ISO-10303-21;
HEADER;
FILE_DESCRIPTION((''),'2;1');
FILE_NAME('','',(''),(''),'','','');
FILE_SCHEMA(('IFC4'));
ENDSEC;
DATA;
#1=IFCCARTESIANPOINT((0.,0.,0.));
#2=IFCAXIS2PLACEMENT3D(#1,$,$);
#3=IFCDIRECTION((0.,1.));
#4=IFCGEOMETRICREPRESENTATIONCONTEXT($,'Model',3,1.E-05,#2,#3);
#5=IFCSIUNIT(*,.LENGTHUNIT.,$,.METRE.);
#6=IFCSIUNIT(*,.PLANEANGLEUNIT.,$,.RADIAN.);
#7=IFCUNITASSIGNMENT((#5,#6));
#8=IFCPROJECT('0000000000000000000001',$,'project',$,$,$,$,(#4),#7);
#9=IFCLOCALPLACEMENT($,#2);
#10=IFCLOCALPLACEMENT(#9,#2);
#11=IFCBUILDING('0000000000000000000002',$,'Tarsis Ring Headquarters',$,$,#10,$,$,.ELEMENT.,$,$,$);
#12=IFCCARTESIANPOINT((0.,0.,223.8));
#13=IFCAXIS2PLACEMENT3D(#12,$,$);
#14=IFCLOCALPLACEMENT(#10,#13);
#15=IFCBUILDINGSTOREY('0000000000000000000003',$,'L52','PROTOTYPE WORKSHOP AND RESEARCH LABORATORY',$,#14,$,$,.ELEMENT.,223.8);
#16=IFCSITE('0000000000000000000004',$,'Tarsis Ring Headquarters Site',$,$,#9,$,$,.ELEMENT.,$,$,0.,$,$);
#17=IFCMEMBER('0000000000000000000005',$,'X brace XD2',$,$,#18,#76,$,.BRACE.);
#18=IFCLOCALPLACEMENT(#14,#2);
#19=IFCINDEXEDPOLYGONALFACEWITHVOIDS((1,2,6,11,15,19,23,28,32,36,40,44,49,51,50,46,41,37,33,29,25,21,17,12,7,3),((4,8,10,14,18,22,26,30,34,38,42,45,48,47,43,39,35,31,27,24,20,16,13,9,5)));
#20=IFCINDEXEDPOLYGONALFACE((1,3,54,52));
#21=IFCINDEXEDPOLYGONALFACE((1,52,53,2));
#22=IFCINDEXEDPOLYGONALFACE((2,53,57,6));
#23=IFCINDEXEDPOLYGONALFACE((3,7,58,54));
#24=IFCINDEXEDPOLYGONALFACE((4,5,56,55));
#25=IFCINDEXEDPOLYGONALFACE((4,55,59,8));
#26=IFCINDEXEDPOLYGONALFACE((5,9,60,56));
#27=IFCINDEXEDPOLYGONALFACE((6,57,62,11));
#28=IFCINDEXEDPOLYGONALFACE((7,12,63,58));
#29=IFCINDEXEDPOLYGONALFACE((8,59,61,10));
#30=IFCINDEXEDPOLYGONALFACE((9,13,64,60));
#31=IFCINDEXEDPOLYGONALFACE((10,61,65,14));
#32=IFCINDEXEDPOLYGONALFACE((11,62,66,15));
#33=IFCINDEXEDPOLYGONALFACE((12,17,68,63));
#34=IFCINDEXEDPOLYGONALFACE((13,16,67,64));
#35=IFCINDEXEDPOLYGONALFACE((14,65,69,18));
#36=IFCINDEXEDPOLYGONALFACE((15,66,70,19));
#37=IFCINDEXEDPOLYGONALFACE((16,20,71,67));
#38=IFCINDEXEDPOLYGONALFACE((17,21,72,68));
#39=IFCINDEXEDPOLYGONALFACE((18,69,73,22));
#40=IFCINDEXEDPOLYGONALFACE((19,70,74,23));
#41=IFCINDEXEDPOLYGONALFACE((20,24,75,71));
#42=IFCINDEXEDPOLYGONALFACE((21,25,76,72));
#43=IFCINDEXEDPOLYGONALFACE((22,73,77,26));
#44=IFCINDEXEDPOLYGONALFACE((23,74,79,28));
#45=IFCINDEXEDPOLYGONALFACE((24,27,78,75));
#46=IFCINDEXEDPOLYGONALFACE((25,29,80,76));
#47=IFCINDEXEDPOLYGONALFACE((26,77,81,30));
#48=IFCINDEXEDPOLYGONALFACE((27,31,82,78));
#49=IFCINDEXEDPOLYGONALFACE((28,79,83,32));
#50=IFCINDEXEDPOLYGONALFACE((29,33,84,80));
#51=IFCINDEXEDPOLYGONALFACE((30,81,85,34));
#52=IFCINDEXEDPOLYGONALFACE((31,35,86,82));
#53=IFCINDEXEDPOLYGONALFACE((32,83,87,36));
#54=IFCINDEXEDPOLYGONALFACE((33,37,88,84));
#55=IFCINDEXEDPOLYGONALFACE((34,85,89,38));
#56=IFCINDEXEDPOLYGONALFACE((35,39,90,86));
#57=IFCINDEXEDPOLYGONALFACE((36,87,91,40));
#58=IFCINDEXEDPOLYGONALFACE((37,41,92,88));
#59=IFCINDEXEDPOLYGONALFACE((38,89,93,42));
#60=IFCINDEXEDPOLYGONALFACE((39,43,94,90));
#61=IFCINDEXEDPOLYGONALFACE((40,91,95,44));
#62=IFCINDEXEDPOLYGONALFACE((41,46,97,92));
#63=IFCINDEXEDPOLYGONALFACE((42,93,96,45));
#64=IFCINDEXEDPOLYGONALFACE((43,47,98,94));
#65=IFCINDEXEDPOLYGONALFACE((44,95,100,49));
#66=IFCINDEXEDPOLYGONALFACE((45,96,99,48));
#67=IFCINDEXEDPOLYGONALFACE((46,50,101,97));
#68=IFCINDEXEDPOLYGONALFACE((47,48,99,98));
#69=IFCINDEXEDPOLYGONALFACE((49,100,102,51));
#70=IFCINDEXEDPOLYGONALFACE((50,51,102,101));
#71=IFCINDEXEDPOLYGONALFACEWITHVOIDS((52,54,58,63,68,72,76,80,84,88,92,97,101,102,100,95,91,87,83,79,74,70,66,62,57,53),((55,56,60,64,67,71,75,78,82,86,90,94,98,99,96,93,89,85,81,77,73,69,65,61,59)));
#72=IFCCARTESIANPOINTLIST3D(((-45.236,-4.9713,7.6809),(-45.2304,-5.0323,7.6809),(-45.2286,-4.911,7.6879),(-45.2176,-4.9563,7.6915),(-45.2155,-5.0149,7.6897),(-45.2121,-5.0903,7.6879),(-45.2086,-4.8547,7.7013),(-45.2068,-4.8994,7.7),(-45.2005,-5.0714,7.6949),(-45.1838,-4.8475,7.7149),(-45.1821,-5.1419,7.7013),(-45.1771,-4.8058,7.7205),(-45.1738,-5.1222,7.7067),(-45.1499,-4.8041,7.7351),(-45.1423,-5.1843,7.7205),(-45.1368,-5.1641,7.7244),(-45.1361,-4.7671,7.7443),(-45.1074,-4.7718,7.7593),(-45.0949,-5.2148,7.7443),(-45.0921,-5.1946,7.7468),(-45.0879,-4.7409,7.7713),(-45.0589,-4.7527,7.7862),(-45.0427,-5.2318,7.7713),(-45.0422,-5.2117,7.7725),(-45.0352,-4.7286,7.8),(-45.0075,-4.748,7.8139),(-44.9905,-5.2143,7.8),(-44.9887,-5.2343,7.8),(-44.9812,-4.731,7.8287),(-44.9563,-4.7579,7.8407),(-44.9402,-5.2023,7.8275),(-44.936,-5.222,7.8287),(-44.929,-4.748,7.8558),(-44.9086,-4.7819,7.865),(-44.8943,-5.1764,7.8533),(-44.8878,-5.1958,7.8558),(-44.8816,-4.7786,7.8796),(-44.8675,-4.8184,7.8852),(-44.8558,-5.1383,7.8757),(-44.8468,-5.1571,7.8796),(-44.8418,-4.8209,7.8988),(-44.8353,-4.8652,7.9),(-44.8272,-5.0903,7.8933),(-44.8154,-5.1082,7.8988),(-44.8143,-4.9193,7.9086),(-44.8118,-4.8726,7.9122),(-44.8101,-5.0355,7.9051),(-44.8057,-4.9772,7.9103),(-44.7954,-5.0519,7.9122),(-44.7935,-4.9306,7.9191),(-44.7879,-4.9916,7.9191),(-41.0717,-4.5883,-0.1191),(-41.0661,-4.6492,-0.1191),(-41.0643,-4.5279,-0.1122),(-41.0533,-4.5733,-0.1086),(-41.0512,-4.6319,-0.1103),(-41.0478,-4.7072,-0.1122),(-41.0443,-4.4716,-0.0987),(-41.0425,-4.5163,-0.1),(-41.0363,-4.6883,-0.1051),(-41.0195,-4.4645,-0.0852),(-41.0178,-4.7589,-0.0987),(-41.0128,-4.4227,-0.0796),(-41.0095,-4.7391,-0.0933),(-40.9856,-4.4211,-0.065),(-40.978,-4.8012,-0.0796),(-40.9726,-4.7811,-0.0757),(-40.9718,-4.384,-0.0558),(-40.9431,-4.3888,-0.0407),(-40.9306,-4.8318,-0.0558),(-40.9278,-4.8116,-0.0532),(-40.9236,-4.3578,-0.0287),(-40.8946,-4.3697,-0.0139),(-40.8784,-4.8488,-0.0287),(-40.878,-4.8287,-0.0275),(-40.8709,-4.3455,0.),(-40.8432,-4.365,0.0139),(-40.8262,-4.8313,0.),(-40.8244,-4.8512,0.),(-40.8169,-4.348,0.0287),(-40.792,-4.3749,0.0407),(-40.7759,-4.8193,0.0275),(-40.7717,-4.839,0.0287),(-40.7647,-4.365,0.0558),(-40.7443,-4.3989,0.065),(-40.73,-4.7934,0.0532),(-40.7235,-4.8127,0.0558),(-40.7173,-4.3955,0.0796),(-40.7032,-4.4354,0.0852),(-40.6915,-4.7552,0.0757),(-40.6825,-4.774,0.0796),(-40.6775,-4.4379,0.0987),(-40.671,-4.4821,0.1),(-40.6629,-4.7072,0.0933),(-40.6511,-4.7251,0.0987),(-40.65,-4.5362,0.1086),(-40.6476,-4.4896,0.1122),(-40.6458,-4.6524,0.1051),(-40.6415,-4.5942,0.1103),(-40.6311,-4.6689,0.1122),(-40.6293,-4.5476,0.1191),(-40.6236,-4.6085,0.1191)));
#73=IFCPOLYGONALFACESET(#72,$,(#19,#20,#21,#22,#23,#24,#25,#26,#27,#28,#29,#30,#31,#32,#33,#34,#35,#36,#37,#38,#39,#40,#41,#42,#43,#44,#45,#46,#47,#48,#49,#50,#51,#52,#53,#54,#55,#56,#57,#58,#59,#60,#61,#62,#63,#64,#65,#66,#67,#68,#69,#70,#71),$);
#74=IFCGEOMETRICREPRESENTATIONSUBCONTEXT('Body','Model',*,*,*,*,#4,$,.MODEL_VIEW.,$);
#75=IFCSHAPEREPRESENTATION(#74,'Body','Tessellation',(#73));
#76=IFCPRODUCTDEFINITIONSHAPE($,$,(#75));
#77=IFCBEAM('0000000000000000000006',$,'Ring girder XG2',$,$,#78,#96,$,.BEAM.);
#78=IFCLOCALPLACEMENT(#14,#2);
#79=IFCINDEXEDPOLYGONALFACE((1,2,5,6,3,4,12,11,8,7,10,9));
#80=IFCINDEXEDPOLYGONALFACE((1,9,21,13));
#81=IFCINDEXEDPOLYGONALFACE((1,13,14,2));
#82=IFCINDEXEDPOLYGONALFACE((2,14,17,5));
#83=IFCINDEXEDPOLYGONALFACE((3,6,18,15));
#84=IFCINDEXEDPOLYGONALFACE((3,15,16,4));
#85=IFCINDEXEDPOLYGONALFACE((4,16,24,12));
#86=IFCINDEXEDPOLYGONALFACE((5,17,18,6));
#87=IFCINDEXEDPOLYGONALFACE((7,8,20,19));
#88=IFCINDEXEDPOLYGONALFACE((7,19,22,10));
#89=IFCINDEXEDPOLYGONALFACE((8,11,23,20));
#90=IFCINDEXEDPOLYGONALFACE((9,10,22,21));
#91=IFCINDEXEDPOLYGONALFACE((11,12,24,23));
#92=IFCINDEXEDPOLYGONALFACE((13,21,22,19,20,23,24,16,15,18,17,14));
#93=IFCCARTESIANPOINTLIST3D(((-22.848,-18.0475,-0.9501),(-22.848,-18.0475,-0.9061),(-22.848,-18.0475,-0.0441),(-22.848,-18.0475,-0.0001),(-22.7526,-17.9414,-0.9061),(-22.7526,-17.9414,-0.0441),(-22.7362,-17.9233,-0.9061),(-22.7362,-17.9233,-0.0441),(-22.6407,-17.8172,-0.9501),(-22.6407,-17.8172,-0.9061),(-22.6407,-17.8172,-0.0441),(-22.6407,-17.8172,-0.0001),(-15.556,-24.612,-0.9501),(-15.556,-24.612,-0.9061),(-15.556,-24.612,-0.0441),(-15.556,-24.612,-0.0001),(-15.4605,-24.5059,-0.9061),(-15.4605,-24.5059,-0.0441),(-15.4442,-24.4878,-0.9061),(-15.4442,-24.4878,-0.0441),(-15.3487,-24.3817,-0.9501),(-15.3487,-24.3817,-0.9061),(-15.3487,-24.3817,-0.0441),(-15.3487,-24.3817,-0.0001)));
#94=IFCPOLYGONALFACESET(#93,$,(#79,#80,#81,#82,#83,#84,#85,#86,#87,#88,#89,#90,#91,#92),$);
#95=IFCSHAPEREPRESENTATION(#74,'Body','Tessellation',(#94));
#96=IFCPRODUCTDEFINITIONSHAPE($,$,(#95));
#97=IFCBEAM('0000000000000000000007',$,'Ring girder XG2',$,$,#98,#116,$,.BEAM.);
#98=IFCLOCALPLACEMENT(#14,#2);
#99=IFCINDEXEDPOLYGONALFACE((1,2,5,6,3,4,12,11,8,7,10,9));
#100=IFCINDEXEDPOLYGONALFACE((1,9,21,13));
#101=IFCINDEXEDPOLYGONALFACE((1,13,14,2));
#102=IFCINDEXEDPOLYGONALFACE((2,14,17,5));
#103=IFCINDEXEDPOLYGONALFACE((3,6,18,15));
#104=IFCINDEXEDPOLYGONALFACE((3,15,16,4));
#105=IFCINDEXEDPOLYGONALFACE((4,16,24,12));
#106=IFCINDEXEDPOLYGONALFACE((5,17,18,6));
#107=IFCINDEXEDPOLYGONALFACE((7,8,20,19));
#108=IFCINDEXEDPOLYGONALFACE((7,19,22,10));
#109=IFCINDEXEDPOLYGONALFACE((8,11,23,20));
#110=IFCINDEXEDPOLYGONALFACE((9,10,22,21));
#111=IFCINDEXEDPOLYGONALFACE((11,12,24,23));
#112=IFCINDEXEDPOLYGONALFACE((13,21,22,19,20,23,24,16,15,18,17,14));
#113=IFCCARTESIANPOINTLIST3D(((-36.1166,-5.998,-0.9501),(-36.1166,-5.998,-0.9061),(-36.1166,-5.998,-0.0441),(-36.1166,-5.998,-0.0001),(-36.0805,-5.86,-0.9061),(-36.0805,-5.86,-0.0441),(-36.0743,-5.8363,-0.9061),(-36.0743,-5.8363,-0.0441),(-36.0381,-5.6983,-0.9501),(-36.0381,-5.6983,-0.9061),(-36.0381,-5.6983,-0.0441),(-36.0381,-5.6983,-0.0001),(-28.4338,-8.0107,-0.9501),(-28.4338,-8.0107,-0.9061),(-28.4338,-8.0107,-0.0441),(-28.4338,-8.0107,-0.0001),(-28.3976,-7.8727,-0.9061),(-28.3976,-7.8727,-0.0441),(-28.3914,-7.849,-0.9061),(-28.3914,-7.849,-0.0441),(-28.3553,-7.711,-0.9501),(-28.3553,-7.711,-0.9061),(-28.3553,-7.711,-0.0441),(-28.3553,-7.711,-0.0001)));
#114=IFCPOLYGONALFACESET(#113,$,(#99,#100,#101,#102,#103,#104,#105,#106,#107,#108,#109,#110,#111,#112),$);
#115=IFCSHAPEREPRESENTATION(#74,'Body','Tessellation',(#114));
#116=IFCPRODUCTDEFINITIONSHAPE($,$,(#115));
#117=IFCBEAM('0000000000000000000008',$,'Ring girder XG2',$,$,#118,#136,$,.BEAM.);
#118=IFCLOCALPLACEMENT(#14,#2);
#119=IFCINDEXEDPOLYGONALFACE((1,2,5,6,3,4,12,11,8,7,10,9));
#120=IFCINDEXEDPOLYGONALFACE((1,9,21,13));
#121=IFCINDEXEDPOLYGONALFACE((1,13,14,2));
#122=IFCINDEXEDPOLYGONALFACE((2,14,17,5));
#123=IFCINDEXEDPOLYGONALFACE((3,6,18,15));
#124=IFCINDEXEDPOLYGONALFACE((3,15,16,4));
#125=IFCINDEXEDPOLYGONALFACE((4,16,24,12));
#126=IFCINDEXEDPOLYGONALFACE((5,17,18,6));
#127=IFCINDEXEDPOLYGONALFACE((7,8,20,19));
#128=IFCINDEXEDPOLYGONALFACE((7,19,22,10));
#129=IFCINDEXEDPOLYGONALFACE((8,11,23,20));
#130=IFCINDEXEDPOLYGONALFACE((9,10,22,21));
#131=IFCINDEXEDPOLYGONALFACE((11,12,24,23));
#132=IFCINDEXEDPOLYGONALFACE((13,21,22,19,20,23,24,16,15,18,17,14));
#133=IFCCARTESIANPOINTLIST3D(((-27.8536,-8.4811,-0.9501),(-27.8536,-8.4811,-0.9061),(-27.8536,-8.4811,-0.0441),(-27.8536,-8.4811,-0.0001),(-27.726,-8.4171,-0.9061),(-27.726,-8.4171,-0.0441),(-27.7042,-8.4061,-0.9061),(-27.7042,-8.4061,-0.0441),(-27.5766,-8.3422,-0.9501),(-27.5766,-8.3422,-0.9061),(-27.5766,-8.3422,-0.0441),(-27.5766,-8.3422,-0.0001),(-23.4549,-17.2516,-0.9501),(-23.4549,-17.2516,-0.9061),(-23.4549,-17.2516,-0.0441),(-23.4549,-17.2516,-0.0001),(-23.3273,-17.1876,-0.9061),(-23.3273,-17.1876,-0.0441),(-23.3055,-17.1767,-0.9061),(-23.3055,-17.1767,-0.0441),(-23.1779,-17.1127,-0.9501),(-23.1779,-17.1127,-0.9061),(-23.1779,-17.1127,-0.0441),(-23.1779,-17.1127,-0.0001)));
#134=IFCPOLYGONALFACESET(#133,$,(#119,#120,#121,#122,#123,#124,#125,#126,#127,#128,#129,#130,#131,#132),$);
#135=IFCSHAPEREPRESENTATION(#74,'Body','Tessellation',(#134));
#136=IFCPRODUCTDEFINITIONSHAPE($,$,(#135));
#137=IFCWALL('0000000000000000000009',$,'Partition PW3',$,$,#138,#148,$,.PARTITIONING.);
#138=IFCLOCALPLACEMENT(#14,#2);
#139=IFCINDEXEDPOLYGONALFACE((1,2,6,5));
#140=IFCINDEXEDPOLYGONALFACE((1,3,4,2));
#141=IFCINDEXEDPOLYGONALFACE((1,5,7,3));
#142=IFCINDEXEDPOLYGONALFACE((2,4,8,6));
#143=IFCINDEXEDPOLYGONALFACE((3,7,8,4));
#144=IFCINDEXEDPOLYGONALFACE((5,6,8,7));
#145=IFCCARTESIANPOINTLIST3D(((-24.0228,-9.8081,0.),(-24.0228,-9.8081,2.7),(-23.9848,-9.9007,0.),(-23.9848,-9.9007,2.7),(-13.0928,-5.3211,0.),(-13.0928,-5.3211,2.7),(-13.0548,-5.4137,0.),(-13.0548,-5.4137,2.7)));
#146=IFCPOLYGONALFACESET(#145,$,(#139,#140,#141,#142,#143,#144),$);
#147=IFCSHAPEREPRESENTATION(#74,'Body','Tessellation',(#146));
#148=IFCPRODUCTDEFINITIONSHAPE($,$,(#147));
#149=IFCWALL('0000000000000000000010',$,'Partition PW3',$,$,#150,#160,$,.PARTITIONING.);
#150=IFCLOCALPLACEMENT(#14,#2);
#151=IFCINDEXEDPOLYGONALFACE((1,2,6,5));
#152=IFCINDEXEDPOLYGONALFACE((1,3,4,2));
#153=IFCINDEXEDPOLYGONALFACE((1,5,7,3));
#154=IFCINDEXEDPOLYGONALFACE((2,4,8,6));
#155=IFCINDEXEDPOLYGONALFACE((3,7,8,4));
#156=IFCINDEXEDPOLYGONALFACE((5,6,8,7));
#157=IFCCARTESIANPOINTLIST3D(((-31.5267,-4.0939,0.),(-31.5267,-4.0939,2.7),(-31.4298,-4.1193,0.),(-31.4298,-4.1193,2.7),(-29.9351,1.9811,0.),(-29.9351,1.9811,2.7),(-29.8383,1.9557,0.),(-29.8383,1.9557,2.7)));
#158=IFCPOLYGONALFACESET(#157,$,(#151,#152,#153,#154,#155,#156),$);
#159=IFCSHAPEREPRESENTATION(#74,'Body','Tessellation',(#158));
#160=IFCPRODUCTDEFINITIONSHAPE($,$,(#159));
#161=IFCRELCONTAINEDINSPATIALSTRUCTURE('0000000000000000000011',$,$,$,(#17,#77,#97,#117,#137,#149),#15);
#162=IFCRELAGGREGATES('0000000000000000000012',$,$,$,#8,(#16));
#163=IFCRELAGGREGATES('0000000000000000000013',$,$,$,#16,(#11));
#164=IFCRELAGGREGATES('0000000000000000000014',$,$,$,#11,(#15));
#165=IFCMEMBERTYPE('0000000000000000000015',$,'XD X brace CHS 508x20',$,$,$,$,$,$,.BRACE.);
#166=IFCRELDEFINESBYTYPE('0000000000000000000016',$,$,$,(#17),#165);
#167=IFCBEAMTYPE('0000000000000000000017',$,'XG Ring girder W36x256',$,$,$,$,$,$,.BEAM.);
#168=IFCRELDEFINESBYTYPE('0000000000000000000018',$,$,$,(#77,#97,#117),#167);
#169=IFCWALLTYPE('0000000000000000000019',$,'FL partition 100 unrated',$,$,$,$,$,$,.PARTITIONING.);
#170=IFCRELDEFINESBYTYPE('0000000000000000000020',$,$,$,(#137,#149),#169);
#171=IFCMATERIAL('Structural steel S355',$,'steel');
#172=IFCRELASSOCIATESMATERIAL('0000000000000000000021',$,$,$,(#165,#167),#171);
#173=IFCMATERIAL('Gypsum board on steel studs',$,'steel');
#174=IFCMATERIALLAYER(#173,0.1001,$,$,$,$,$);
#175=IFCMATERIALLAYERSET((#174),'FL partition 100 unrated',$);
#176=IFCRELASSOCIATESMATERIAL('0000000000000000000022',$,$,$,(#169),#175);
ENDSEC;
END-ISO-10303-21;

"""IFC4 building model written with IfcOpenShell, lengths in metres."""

from ifc_helpers import new_model, si_unit, direction, frame, frame_2d, origin, origin_2d, place, context, subcontext, project, spatial, rectangle, hollow_circle, i_section, extrude, material, layer, layer_set, material_profile, profile_set, type_object, element, save


model = new_model("IFC4")

# Units and contexts
model_context = context("Model", 3, precision=1e-05, world=origin(), true_north=direction((0.0, 1.0)))
body_context = subcontext(model_context, "Body", "Model", "MODEL_VIEW")
ifc_project = project(units=[si_unit("LENGTHUNIT", "METRE"), si_unit("PLANEANGLEUNIT", "RADIAN")], contexts=[model_context])

# Site, building, storey
site_placement = place(None, origin())
site = spatial("IfcSite", under=ifc_project, at=site_placement, Name="Tarsis Ring Headquarters Site", CompositionType="ELEMENT", RefElevation=0.0)
building_placement = place(site_placement, origin())
building = spatial("IfcBuilding", under=site, at=building_placement, Name="Tarsis Ring Headquarters", CompositionType="ELEMENT")
storey_placement = place(building_placement, frame((0.0, 0.0, 223.8)))
storey = spatial("IfcBuildingStorey", under=building, at=storey_placement, Name="L52", Description="PROTOTYPE WORKSHOP AND RESEARCH LABORATORY", CompositionType="ELEMENT", Elevation=223.8)

# Shared definitions
ifc_material_1 = material(Name="Structural steel S355", Category="steel")

# Member
ifc_material_profile_1 = material_profile(ifc_material_1, hollow_circle(Radius=0.2539, WallThickness=0.02, at=origin_2d()), Name="CHS 508x20")
ifc_profile_set_1 = profile_set([ifc_material_profile_1], Name="Structural steel S355")
member_type = type_object("IfcMemberType", Name="XD X brace CHS 508x20", PredefinedType="BRACE", material=ifc_profile_set_1)
member_1_placement = place(storey_placement, frame((-40.8477, -4.5984, 0.0), z_axis=(-0.470524, -0.043281, 0.881325), x_axis=(0.091599, -0.995796, 0.0)))
element("IfcMember", 1, at=member_1_placement, inside=storey, type_object=member_type, Name="X brace XD2", PredefinedType="BRACE", context=body_context, shape_type="SweptSolid", body=[
    extrude(hollow_circle(Radius=0.2539, WallThickness=0.02, at=origin_2d()), origin(), (0.0, 0.0, 1.0), 8.8503),
])

# Beams
ifc_material_profile_2 = material_profile(ifc_material_1, i_section(OverallWidth=0.3098, OverallDepth=0.95, WebThickness=0.0244, FlangeThickness=0.0439, at=origin_2d()), Name="W36x256")
ifc_profile_set_2 = profile_set([ifc_material_profile_2], Name="Structural steel S355")
beam_type = type_object("IfcBeamType", Name="XG Ring girder W36x256", PredefinedType="BEAM", material=ifc_profile_set_2)
beam_1_placement = place(storey_placement, frame((-22.7444, -17.9324, -0.4751), z_axis=(0.74321, -0.669058, 0.0), x_axis=(0.669058, 0.74321, 0.0)))
element("IfcBeam", 2, at=beam_1_placement, inside=storey, type_object=beam_type, Name="Ring girder XG2", PredefinedType="BEAM", context=body_context, shape_type="SweptSolid", body=[
    extrude(i_section(OverallWidth=0.3098, OverallDepth=0.95, WebThickness=0.0244, FlangeThickness=0.0439, at=origin_2d()), origin(), (0.0, 0.0, 1.0), 9.8115),
])
beam_2_placement = place(storey_placement, frame((-36.0774, -5.8481, -0.4751), z_axis=(0.967356, -0.25342, 0.0), x_axis=(0.25342, 0.967356, 0.0)))
element("IfcBeam", 3, at=beam_2_placement, inside=storey, type_object=beam_type, Name="Ring girder XG2", PredefinedType="BEAM", context=body_context, shape_type="SweptSolid", body=[
    extrude(i_section(OverallWidth=0.3098, OverallDepth=0.95, WebThickness=0.0244, FlangeThickness=0.0439, at=origin_2d()), origin(), (0.0, 0.0, 1.0), 7.9421),
])
beam_3_placement = place(storey_placement, frame((-27.7151, -8.4116, -0.4751), z_axis=(0.448308, -0.893879, 0.0), x_axis=(0.893879, 0.448308, 0.0)))
element("IfcBeam", 4, at=beam_3_placement, inside=storey, type_object=beam_type, Name="Ring girder XG2", PredefinedType="BEAM", context=body_context, shape_type="SweptSolid", body=[
    extrude(i_section(OverallWidth=0.3098, OverallDepth=0.95, WebThickness=0.0244, FlangeThickness=0.0439, at=origin_2d()), origin(), (0.0, 0.0, 1.0), 9.8118),
])

# Walls
ifc_material_2 = material(Name="Gypsum board on steel studs", Category="steel")
ifc_layer_1 = layer(ifc_material_2, 0.1001)
ifc_layer_set_1 = layer_set([ifc_layer_1], Name="FL partition 100 unrated")
wall_type_1 = type_object("IfcWallType", Name="FL partition 100 unrated", PredefinedType="PARTITIONING", material=ifc_layer_set_1)
wall_1_placement = place(storey_placement, frame((-24.0039, -9.8545, 0.0), z_axis=(0.0, 0.0, 1.0), x_axis=(0.92508, 0.379773, 0.0)))
element("IfcWall", 5, at=wall_1_placement, inside=storey, type_object=wall_type_1, Name="Partition PW3", PredefinedType="PARTITIONING", context=body_context, shape_type="SweptSolid", body=[
    extrude(rectangle(XDim=11.8152, YDim=0.1001, at=frame_2d((5.9077, 0.0))), origin(), (0.0, 0.0, 1.0), 2.7),
])
wall_2_placement = place(storey_placement, frame((-31.4783, -4.1067, 0.0), z_axis=(0.0, 0.0, 1.0), x_axis=(0.253433, 0.967353, 0.0)))
element("IfcWall", 6, at=wall_2_placement, inside=storey, type_object=wall_type_1, Name="Partition PW3", PredefinedType="PARTITIONING", context=body_context, shape_type="SweptSolid", body=[
    extrude(rectangle(XDim=6.28, YDim=0.1001, at=frame_2d((3.1401, 0.0))), origin(), (0.0, 0.0, 1.0), 2.7),
])

save(model, "model.ifc")
